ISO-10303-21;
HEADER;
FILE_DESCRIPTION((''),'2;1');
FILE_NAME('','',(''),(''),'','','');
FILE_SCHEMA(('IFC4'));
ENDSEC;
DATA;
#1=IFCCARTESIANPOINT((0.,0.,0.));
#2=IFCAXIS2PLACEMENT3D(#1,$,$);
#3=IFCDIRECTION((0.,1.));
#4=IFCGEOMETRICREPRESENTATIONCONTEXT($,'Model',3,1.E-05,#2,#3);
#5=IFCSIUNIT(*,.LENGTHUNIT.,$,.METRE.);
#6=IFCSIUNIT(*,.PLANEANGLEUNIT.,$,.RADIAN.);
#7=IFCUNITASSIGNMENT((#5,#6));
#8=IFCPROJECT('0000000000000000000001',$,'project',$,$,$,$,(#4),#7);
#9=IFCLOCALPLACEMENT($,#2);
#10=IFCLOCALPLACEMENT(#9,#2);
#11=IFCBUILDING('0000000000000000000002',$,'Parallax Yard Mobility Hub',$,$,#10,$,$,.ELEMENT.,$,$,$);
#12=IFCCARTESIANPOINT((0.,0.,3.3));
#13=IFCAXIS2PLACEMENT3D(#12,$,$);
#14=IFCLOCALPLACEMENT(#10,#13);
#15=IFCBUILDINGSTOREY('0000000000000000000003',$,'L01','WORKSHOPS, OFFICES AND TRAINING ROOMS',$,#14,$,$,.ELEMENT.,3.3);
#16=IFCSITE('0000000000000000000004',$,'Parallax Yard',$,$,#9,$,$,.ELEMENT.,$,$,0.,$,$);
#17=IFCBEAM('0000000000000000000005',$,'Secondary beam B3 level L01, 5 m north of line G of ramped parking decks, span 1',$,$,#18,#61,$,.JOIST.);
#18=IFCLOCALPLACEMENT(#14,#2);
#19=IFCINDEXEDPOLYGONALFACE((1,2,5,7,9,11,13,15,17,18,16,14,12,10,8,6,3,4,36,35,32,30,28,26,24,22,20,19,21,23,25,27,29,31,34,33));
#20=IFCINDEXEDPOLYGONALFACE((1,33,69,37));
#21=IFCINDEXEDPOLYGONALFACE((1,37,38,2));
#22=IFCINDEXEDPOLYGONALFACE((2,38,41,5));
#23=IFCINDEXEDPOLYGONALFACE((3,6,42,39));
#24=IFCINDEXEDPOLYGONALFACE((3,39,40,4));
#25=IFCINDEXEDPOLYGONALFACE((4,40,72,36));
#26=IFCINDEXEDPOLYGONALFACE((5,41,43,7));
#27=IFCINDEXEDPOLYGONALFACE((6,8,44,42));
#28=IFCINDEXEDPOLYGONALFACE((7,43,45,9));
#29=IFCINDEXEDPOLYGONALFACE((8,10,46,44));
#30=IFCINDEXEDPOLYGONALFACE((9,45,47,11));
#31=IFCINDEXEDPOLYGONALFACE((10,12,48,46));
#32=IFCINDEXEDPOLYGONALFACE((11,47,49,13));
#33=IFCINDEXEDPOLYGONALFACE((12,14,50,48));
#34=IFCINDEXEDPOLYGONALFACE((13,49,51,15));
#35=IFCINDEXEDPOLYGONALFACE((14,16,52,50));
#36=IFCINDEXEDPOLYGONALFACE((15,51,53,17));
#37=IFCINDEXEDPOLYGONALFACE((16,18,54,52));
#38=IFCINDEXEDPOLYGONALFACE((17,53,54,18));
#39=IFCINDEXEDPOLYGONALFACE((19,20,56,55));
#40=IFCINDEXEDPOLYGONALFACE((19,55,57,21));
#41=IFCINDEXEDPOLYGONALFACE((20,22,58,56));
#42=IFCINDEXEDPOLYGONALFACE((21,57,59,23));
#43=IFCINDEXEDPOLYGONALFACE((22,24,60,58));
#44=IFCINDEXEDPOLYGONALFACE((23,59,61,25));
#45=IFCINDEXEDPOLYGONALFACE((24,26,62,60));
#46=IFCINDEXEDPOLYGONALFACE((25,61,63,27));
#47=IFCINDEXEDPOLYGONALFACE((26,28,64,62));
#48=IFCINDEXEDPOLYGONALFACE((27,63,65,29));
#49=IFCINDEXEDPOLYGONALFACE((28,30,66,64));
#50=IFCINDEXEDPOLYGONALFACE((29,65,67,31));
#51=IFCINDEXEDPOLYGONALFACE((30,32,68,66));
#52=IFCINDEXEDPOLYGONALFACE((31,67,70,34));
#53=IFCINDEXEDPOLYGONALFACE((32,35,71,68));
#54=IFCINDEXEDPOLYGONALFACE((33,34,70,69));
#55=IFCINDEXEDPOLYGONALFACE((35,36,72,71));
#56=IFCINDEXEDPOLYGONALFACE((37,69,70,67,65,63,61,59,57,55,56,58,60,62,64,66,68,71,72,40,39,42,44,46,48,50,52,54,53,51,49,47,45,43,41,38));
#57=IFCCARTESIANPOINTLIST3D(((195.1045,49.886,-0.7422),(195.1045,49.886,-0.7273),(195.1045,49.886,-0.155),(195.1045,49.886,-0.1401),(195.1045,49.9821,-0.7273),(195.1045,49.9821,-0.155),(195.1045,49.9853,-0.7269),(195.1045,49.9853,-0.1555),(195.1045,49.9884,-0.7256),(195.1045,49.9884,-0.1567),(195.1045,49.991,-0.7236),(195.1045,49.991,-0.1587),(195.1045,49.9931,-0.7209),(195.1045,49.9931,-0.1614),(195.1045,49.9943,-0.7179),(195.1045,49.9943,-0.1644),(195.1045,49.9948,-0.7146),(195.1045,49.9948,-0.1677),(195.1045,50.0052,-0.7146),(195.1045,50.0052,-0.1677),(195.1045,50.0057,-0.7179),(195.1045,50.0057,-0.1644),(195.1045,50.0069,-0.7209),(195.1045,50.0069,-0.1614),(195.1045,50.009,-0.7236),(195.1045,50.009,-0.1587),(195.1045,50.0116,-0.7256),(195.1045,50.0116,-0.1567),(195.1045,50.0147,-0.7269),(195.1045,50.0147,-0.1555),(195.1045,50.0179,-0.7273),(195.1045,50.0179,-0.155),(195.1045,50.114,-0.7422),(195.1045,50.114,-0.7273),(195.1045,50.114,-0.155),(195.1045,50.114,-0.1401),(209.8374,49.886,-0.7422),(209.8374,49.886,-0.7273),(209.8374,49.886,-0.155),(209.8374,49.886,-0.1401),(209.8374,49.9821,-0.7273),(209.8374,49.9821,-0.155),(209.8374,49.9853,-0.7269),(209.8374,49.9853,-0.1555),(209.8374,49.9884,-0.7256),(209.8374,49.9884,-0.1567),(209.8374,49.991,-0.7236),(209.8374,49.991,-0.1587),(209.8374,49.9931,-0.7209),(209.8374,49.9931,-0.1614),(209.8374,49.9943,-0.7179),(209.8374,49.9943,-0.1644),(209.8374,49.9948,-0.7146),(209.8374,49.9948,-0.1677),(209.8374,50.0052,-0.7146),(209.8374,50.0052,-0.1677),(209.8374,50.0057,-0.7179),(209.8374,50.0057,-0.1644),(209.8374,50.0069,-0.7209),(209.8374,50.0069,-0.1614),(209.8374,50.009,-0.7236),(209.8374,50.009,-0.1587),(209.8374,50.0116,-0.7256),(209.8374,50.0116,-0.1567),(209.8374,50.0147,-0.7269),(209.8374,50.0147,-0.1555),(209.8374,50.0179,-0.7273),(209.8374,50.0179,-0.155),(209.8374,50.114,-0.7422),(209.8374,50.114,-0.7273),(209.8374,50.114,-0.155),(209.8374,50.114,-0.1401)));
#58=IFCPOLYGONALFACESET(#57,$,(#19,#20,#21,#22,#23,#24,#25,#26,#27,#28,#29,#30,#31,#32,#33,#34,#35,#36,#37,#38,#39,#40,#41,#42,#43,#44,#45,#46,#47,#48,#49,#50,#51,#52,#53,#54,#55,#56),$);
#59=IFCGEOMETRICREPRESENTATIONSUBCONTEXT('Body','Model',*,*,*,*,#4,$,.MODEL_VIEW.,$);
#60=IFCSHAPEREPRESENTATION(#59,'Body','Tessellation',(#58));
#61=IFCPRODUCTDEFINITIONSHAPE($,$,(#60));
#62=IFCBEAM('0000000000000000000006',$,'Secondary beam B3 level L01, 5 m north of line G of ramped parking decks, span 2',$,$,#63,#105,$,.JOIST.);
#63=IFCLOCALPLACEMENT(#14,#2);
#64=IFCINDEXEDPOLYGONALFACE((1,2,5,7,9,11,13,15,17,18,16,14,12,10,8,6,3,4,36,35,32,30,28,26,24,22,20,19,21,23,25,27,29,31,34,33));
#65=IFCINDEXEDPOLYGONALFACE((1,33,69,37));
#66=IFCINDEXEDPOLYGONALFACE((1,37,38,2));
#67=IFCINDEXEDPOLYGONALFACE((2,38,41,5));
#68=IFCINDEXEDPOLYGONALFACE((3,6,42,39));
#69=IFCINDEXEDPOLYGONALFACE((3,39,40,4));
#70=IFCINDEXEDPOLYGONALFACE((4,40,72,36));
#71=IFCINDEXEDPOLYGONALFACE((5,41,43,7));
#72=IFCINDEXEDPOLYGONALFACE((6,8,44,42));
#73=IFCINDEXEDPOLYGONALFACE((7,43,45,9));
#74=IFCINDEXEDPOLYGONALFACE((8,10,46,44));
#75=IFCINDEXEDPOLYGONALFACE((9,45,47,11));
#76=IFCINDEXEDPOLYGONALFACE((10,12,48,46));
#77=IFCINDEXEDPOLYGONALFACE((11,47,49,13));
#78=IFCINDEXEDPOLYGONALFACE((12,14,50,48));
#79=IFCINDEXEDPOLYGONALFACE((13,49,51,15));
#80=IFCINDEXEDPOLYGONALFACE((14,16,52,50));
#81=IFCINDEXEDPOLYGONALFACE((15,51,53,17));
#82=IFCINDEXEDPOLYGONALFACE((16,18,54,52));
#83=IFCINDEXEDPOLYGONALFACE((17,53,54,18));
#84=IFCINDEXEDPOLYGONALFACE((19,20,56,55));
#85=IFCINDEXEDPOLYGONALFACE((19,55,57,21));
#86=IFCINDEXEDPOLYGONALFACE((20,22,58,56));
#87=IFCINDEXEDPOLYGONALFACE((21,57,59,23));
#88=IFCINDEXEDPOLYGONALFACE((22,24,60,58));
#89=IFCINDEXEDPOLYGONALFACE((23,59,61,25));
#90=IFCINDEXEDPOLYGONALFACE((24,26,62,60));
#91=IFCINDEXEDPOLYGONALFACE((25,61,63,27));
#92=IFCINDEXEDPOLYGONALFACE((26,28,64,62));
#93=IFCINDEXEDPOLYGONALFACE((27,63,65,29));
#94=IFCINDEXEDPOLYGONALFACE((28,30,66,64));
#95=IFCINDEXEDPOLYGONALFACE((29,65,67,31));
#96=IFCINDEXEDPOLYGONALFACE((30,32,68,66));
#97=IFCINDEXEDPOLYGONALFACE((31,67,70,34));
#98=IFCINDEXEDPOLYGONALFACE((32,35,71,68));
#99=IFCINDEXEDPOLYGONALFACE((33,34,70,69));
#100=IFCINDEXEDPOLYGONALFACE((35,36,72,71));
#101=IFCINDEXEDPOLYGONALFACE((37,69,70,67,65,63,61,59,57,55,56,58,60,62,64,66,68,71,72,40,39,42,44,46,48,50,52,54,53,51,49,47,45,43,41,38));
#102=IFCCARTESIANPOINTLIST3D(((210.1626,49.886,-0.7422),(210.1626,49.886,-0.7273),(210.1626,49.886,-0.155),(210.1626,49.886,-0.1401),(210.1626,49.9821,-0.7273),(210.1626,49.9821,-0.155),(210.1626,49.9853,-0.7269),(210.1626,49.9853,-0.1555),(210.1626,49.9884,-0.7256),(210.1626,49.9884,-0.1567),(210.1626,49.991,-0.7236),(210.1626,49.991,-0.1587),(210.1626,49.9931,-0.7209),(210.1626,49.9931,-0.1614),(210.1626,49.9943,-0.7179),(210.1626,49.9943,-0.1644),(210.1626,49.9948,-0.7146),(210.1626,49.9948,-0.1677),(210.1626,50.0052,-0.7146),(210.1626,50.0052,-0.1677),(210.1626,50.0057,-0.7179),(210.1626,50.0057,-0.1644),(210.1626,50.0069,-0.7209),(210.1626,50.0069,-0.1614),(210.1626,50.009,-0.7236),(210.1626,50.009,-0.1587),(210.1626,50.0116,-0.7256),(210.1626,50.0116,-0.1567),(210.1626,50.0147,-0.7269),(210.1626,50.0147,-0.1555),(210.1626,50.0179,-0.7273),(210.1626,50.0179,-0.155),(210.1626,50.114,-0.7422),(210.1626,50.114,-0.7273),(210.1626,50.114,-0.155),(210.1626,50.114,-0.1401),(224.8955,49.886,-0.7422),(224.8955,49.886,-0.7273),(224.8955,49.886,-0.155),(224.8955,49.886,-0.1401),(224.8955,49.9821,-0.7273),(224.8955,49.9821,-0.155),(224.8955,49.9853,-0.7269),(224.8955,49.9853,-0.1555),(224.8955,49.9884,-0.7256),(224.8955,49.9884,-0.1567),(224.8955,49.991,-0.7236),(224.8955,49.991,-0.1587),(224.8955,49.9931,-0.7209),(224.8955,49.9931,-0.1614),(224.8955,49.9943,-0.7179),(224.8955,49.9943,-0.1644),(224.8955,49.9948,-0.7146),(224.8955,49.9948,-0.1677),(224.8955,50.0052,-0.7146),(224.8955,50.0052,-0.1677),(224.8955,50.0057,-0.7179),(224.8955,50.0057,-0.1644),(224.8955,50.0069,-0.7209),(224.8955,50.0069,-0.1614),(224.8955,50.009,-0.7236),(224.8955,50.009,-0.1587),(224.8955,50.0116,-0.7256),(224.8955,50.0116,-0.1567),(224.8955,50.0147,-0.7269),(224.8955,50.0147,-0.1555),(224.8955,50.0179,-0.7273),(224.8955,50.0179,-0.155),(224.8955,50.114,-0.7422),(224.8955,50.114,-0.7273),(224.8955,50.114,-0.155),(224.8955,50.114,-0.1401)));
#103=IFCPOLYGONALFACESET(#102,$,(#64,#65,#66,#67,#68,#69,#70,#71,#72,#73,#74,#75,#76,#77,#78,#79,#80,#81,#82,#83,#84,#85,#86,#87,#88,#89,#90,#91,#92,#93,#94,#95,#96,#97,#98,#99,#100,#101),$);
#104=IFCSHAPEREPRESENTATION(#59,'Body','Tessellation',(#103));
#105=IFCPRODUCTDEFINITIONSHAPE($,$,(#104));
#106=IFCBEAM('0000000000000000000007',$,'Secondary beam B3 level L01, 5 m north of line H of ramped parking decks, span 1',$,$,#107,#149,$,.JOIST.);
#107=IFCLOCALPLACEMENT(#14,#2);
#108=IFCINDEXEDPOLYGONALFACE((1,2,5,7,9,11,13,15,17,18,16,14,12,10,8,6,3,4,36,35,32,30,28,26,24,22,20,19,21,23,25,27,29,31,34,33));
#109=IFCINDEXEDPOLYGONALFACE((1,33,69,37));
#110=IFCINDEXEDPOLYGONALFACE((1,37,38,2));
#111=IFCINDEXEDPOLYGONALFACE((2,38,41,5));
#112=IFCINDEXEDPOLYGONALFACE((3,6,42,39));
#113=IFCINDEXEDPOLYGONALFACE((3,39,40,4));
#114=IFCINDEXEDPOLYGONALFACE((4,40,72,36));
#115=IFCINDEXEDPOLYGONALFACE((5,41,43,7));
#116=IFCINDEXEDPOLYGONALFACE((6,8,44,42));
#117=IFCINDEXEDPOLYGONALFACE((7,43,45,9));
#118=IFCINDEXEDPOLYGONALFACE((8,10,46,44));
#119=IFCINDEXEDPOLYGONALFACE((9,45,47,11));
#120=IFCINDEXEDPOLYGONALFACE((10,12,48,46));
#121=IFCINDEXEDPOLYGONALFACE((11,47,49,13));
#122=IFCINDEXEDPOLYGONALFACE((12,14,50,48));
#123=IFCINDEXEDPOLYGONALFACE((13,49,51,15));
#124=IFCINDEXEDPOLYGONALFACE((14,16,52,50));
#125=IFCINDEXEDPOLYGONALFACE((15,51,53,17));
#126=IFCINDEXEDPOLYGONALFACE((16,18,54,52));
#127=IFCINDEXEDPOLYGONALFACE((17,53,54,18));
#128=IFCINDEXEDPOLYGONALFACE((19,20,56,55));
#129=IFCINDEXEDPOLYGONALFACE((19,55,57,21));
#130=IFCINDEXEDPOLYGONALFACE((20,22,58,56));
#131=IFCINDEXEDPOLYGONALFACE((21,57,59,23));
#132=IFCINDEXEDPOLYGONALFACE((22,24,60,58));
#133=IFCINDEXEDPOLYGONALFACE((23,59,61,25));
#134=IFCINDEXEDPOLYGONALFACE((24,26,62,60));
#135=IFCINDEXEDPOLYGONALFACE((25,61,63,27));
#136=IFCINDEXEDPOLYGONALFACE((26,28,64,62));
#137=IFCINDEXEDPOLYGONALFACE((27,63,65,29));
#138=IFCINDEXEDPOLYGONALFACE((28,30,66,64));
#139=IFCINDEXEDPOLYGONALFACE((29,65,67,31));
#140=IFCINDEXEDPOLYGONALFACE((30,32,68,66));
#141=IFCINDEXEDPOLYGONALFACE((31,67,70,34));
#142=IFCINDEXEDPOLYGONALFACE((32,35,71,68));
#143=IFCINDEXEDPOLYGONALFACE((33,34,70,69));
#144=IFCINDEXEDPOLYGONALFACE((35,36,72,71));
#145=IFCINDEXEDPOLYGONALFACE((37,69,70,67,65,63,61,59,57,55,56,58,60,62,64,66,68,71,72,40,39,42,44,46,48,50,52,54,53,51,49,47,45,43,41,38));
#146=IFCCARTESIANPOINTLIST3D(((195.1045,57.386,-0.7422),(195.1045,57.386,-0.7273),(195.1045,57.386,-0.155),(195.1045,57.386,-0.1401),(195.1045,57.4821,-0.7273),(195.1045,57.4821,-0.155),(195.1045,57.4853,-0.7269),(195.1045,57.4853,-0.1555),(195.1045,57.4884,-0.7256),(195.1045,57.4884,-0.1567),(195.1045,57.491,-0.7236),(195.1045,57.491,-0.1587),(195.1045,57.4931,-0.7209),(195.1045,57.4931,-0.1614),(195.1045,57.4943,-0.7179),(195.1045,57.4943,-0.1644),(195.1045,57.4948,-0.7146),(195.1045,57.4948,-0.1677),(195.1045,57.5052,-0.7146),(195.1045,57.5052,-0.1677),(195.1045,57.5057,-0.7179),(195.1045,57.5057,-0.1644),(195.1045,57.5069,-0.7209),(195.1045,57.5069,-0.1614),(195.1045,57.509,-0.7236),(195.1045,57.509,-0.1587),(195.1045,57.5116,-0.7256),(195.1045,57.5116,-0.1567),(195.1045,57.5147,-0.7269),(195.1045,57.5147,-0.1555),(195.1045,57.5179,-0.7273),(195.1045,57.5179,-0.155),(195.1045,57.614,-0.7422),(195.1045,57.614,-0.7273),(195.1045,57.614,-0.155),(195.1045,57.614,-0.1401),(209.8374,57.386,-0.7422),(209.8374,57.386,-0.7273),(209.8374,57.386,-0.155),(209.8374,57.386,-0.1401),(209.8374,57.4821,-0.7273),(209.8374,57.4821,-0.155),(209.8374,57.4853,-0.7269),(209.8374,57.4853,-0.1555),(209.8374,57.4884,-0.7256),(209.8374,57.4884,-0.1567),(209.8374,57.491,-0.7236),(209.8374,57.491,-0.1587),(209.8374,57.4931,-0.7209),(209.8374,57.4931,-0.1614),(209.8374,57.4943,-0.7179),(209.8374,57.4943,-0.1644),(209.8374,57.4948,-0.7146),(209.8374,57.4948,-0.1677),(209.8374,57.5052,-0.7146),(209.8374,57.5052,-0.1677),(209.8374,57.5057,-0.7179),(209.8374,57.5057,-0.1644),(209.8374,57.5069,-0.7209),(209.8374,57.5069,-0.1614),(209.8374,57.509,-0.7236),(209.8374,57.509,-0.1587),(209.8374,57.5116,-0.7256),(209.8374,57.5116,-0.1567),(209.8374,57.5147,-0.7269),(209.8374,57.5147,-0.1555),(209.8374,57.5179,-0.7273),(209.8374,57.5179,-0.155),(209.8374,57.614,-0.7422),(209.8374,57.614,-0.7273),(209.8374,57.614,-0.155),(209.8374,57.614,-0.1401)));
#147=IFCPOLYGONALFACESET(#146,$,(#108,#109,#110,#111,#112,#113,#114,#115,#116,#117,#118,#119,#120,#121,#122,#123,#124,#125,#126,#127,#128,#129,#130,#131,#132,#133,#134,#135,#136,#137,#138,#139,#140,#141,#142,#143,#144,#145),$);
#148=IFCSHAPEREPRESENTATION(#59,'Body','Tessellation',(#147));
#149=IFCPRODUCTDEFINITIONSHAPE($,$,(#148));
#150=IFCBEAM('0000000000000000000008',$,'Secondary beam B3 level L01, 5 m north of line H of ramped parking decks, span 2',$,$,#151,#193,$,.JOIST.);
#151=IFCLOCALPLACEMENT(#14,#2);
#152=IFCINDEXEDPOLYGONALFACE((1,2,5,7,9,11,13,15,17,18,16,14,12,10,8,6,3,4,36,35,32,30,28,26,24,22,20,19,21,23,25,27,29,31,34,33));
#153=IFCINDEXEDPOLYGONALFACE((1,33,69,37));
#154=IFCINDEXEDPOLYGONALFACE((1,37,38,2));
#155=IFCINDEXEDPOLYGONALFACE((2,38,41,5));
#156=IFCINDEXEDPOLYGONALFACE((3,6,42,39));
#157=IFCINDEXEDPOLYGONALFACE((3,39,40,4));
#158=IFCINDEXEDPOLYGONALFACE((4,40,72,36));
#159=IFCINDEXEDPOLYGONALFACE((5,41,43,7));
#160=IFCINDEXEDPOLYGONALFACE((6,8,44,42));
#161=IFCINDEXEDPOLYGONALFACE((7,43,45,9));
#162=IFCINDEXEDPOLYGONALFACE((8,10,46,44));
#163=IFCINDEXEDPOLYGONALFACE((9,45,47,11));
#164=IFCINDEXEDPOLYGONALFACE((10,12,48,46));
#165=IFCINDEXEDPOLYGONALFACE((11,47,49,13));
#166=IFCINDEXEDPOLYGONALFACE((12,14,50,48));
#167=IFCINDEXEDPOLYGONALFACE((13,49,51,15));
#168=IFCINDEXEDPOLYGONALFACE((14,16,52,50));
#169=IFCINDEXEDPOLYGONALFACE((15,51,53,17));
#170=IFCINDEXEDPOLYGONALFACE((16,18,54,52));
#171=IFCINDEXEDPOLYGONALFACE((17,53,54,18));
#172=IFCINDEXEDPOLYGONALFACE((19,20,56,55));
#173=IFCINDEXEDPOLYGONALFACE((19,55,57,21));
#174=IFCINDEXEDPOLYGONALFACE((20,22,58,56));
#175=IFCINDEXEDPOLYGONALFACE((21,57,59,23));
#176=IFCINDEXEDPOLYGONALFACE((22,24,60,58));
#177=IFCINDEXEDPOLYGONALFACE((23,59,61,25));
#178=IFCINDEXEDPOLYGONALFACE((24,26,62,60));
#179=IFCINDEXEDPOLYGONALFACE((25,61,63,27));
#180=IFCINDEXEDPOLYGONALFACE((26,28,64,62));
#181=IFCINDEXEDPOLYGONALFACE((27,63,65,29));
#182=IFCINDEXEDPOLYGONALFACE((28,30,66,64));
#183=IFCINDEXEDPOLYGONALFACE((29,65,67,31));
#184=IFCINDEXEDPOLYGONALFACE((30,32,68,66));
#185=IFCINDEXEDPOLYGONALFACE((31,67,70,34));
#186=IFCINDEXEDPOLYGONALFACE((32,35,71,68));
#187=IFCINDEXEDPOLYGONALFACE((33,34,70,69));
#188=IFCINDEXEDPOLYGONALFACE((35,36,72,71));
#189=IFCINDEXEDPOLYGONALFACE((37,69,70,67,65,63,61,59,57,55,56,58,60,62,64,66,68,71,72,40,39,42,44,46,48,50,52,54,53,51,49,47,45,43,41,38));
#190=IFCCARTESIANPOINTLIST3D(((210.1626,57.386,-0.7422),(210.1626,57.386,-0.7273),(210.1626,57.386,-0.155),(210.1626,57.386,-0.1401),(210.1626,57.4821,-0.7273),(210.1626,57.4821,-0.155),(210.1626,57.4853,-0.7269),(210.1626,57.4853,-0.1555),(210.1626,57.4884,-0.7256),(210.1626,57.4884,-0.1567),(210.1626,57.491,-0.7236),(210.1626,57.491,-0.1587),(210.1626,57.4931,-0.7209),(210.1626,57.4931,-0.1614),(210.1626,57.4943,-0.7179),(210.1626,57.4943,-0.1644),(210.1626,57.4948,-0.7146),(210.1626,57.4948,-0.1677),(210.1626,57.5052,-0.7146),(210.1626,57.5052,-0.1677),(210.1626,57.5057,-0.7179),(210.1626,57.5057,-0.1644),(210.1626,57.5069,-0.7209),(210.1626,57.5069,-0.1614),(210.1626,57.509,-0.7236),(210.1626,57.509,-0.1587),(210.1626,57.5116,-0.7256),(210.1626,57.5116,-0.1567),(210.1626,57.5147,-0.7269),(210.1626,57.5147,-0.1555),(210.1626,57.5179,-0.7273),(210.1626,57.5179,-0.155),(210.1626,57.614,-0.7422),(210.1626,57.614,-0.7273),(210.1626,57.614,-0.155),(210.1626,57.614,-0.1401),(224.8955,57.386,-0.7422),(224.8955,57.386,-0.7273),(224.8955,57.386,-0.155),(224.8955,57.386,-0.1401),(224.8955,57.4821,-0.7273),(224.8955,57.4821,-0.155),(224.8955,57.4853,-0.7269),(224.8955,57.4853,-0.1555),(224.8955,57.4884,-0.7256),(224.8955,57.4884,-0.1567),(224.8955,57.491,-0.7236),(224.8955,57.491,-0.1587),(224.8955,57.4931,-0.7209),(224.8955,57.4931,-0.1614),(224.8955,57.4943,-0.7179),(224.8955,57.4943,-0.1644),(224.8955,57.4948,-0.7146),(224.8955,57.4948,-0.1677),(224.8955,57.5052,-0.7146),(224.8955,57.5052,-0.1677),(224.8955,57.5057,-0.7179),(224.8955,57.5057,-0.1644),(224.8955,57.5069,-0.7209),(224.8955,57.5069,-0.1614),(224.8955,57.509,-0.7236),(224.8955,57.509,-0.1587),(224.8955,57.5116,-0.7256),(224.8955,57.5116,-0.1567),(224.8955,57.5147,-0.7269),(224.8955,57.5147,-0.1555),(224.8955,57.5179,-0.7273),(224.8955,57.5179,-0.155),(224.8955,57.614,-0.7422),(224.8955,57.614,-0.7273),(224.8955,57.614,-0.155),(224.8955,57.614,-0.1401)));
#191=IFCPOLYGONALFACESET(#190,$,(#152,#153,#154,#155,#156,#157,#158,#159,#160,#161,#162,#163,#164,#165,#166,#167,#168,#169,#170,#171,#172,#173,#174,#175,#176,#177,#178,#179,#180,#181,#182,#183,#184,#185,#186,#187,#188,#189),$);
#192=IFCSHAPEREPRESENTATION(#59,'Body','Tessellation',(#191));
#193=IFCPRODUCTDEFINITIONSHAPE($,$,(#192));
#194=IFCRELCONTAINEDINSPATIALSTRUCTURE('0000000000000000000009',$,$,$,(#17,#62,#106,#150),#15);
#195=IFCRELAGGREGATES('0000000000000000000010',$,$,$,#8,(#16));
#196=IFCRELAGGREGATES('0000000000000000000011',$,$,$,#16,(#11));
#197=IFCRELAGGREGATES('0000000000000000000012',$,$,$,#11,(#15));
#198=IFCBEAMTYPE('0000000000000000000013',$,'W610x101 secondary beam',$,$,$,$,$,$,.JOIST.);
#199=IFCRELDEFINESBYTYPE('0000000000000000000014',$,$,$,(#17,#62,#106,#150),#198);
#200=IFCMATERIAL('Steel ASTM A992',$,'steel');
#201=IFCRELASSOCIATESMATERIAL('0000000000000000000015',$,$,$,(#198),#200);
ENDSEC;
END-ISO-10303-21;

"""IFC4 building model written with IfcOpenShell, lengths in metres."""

from ifc_helpers import new_model, si_unit, direction, frame, origin, origin_2d, place, context, subcontext, project, spatial, i_section, extrude, material, material_profile, profile_set, type_object, element, save


model = new_model("IFC4")

# Units and contexts
model_context = context("Model", 3, precision=1e-05, world=origin(), true_north=direction((0.0, 1.0)))
body_context = subcontext(model_context, "Body", "Model", "MODEL_VIEW")
ifc_project = project(units=[si_unit("LENGTHUNIT", "METRE"), si_unit("PLANEANGLEUNIT", "RADIAN")], contexts=[model_context])

# Site, building, storey
site_placement = place(None, origin())
site = spatial("IfcSite", under=ifc_project, at=site_placement, Name="Parallax Yard", CompositionType="ELEMENT", RefElevation=0.0)
building_placement = place(site_placement, origin())
building = spatial("IfcBuilding", under=site, at=building_placement, Name="Parallax Yard Mobility Hub", CompositionType="ELEMENT")
storey_placement = place(building_placement, frame((0.0, 0.0, 3.3)))
storey = spatial("IfcBuildingStorey", under=building, at=storey_placement, Name="L01", Description="WORKSHOPS, OFFICES AND TRAINING ROOMS", CompositionType="ELEMENT", Elevation=3.3)

# Shared definitions
ifc_material_1 = material(Name="Steel ASTM A992", Category="steel")

# Beams
ifc_material_profile_1 = material_profile(ifc_material_1, i_section(OverallWidth=0.228, OverallDepth=0.6021, WebThickness=0.0105, FlangeThickness=0.0149, FilletRadius=0.0127, at=origin_2d()), Name="W610x101")
ifc_profile_set_1 = profile_set([ifc_material_profile_1], Name="Steel ASTM A992")
beam_type_1 = type_object("IfcBeamType", Name="W610x101 secondary beam", PredefinedType="JOIST", material=ifc_profile_set_1)
for number, where, z_axis, x_axis, name in (
    (1, (195.1045, 50.0, -0.4412), (1.0, 0.0, 0.0), (0.0, 1.0, 0.0), "Secondary beam B3 level L01, 5 m north of line G of ramped parking decks, span 1"),
    (2, (210.1626, 50.0, -0.4412), (1.0, 0.0, 0.0), (0.0, 1.0, 0.0), "Secondary beam B3 level L01, 5 m north of line G of ramped parking decks, span 2"),
    (3, (195.1045, 57.5, -0.4412), (1.0, 0.0, 0.0), (0.0, 1.0, 0.0), "Secondary beam B3 level L01, 5 m north of line H of ramped parking decks, span 1"),
    (4, (210.1626, 57.5, -0.4412), (1.0, 0.0, 0.0), (0.0, 1.0, 0.0), "Secondary beam B3 level L01, 5 m north of line H of ramped parking decks, span 2"),
):
    element("IfcBeam", number, at=place(storey_placement, frame(where, z_axis=z_axis, x_axis=x_axis)), inside=storey, type_object=beam_type_1, Name=name, PredefinedType="JOIST", context=body_context, shape_type="SweptSolid", body=[
        extrude(i_section(OverallWidth=0.228, OverallDepth=0.6021, WebThickness=0.0105, FlangeThickness=0.0149, FilletRadius=0.0127, at=origin_2d()), origin(), (0.0, 0.0, 1.0), 14.7329),
    ])

save(model, "model.ifc")
